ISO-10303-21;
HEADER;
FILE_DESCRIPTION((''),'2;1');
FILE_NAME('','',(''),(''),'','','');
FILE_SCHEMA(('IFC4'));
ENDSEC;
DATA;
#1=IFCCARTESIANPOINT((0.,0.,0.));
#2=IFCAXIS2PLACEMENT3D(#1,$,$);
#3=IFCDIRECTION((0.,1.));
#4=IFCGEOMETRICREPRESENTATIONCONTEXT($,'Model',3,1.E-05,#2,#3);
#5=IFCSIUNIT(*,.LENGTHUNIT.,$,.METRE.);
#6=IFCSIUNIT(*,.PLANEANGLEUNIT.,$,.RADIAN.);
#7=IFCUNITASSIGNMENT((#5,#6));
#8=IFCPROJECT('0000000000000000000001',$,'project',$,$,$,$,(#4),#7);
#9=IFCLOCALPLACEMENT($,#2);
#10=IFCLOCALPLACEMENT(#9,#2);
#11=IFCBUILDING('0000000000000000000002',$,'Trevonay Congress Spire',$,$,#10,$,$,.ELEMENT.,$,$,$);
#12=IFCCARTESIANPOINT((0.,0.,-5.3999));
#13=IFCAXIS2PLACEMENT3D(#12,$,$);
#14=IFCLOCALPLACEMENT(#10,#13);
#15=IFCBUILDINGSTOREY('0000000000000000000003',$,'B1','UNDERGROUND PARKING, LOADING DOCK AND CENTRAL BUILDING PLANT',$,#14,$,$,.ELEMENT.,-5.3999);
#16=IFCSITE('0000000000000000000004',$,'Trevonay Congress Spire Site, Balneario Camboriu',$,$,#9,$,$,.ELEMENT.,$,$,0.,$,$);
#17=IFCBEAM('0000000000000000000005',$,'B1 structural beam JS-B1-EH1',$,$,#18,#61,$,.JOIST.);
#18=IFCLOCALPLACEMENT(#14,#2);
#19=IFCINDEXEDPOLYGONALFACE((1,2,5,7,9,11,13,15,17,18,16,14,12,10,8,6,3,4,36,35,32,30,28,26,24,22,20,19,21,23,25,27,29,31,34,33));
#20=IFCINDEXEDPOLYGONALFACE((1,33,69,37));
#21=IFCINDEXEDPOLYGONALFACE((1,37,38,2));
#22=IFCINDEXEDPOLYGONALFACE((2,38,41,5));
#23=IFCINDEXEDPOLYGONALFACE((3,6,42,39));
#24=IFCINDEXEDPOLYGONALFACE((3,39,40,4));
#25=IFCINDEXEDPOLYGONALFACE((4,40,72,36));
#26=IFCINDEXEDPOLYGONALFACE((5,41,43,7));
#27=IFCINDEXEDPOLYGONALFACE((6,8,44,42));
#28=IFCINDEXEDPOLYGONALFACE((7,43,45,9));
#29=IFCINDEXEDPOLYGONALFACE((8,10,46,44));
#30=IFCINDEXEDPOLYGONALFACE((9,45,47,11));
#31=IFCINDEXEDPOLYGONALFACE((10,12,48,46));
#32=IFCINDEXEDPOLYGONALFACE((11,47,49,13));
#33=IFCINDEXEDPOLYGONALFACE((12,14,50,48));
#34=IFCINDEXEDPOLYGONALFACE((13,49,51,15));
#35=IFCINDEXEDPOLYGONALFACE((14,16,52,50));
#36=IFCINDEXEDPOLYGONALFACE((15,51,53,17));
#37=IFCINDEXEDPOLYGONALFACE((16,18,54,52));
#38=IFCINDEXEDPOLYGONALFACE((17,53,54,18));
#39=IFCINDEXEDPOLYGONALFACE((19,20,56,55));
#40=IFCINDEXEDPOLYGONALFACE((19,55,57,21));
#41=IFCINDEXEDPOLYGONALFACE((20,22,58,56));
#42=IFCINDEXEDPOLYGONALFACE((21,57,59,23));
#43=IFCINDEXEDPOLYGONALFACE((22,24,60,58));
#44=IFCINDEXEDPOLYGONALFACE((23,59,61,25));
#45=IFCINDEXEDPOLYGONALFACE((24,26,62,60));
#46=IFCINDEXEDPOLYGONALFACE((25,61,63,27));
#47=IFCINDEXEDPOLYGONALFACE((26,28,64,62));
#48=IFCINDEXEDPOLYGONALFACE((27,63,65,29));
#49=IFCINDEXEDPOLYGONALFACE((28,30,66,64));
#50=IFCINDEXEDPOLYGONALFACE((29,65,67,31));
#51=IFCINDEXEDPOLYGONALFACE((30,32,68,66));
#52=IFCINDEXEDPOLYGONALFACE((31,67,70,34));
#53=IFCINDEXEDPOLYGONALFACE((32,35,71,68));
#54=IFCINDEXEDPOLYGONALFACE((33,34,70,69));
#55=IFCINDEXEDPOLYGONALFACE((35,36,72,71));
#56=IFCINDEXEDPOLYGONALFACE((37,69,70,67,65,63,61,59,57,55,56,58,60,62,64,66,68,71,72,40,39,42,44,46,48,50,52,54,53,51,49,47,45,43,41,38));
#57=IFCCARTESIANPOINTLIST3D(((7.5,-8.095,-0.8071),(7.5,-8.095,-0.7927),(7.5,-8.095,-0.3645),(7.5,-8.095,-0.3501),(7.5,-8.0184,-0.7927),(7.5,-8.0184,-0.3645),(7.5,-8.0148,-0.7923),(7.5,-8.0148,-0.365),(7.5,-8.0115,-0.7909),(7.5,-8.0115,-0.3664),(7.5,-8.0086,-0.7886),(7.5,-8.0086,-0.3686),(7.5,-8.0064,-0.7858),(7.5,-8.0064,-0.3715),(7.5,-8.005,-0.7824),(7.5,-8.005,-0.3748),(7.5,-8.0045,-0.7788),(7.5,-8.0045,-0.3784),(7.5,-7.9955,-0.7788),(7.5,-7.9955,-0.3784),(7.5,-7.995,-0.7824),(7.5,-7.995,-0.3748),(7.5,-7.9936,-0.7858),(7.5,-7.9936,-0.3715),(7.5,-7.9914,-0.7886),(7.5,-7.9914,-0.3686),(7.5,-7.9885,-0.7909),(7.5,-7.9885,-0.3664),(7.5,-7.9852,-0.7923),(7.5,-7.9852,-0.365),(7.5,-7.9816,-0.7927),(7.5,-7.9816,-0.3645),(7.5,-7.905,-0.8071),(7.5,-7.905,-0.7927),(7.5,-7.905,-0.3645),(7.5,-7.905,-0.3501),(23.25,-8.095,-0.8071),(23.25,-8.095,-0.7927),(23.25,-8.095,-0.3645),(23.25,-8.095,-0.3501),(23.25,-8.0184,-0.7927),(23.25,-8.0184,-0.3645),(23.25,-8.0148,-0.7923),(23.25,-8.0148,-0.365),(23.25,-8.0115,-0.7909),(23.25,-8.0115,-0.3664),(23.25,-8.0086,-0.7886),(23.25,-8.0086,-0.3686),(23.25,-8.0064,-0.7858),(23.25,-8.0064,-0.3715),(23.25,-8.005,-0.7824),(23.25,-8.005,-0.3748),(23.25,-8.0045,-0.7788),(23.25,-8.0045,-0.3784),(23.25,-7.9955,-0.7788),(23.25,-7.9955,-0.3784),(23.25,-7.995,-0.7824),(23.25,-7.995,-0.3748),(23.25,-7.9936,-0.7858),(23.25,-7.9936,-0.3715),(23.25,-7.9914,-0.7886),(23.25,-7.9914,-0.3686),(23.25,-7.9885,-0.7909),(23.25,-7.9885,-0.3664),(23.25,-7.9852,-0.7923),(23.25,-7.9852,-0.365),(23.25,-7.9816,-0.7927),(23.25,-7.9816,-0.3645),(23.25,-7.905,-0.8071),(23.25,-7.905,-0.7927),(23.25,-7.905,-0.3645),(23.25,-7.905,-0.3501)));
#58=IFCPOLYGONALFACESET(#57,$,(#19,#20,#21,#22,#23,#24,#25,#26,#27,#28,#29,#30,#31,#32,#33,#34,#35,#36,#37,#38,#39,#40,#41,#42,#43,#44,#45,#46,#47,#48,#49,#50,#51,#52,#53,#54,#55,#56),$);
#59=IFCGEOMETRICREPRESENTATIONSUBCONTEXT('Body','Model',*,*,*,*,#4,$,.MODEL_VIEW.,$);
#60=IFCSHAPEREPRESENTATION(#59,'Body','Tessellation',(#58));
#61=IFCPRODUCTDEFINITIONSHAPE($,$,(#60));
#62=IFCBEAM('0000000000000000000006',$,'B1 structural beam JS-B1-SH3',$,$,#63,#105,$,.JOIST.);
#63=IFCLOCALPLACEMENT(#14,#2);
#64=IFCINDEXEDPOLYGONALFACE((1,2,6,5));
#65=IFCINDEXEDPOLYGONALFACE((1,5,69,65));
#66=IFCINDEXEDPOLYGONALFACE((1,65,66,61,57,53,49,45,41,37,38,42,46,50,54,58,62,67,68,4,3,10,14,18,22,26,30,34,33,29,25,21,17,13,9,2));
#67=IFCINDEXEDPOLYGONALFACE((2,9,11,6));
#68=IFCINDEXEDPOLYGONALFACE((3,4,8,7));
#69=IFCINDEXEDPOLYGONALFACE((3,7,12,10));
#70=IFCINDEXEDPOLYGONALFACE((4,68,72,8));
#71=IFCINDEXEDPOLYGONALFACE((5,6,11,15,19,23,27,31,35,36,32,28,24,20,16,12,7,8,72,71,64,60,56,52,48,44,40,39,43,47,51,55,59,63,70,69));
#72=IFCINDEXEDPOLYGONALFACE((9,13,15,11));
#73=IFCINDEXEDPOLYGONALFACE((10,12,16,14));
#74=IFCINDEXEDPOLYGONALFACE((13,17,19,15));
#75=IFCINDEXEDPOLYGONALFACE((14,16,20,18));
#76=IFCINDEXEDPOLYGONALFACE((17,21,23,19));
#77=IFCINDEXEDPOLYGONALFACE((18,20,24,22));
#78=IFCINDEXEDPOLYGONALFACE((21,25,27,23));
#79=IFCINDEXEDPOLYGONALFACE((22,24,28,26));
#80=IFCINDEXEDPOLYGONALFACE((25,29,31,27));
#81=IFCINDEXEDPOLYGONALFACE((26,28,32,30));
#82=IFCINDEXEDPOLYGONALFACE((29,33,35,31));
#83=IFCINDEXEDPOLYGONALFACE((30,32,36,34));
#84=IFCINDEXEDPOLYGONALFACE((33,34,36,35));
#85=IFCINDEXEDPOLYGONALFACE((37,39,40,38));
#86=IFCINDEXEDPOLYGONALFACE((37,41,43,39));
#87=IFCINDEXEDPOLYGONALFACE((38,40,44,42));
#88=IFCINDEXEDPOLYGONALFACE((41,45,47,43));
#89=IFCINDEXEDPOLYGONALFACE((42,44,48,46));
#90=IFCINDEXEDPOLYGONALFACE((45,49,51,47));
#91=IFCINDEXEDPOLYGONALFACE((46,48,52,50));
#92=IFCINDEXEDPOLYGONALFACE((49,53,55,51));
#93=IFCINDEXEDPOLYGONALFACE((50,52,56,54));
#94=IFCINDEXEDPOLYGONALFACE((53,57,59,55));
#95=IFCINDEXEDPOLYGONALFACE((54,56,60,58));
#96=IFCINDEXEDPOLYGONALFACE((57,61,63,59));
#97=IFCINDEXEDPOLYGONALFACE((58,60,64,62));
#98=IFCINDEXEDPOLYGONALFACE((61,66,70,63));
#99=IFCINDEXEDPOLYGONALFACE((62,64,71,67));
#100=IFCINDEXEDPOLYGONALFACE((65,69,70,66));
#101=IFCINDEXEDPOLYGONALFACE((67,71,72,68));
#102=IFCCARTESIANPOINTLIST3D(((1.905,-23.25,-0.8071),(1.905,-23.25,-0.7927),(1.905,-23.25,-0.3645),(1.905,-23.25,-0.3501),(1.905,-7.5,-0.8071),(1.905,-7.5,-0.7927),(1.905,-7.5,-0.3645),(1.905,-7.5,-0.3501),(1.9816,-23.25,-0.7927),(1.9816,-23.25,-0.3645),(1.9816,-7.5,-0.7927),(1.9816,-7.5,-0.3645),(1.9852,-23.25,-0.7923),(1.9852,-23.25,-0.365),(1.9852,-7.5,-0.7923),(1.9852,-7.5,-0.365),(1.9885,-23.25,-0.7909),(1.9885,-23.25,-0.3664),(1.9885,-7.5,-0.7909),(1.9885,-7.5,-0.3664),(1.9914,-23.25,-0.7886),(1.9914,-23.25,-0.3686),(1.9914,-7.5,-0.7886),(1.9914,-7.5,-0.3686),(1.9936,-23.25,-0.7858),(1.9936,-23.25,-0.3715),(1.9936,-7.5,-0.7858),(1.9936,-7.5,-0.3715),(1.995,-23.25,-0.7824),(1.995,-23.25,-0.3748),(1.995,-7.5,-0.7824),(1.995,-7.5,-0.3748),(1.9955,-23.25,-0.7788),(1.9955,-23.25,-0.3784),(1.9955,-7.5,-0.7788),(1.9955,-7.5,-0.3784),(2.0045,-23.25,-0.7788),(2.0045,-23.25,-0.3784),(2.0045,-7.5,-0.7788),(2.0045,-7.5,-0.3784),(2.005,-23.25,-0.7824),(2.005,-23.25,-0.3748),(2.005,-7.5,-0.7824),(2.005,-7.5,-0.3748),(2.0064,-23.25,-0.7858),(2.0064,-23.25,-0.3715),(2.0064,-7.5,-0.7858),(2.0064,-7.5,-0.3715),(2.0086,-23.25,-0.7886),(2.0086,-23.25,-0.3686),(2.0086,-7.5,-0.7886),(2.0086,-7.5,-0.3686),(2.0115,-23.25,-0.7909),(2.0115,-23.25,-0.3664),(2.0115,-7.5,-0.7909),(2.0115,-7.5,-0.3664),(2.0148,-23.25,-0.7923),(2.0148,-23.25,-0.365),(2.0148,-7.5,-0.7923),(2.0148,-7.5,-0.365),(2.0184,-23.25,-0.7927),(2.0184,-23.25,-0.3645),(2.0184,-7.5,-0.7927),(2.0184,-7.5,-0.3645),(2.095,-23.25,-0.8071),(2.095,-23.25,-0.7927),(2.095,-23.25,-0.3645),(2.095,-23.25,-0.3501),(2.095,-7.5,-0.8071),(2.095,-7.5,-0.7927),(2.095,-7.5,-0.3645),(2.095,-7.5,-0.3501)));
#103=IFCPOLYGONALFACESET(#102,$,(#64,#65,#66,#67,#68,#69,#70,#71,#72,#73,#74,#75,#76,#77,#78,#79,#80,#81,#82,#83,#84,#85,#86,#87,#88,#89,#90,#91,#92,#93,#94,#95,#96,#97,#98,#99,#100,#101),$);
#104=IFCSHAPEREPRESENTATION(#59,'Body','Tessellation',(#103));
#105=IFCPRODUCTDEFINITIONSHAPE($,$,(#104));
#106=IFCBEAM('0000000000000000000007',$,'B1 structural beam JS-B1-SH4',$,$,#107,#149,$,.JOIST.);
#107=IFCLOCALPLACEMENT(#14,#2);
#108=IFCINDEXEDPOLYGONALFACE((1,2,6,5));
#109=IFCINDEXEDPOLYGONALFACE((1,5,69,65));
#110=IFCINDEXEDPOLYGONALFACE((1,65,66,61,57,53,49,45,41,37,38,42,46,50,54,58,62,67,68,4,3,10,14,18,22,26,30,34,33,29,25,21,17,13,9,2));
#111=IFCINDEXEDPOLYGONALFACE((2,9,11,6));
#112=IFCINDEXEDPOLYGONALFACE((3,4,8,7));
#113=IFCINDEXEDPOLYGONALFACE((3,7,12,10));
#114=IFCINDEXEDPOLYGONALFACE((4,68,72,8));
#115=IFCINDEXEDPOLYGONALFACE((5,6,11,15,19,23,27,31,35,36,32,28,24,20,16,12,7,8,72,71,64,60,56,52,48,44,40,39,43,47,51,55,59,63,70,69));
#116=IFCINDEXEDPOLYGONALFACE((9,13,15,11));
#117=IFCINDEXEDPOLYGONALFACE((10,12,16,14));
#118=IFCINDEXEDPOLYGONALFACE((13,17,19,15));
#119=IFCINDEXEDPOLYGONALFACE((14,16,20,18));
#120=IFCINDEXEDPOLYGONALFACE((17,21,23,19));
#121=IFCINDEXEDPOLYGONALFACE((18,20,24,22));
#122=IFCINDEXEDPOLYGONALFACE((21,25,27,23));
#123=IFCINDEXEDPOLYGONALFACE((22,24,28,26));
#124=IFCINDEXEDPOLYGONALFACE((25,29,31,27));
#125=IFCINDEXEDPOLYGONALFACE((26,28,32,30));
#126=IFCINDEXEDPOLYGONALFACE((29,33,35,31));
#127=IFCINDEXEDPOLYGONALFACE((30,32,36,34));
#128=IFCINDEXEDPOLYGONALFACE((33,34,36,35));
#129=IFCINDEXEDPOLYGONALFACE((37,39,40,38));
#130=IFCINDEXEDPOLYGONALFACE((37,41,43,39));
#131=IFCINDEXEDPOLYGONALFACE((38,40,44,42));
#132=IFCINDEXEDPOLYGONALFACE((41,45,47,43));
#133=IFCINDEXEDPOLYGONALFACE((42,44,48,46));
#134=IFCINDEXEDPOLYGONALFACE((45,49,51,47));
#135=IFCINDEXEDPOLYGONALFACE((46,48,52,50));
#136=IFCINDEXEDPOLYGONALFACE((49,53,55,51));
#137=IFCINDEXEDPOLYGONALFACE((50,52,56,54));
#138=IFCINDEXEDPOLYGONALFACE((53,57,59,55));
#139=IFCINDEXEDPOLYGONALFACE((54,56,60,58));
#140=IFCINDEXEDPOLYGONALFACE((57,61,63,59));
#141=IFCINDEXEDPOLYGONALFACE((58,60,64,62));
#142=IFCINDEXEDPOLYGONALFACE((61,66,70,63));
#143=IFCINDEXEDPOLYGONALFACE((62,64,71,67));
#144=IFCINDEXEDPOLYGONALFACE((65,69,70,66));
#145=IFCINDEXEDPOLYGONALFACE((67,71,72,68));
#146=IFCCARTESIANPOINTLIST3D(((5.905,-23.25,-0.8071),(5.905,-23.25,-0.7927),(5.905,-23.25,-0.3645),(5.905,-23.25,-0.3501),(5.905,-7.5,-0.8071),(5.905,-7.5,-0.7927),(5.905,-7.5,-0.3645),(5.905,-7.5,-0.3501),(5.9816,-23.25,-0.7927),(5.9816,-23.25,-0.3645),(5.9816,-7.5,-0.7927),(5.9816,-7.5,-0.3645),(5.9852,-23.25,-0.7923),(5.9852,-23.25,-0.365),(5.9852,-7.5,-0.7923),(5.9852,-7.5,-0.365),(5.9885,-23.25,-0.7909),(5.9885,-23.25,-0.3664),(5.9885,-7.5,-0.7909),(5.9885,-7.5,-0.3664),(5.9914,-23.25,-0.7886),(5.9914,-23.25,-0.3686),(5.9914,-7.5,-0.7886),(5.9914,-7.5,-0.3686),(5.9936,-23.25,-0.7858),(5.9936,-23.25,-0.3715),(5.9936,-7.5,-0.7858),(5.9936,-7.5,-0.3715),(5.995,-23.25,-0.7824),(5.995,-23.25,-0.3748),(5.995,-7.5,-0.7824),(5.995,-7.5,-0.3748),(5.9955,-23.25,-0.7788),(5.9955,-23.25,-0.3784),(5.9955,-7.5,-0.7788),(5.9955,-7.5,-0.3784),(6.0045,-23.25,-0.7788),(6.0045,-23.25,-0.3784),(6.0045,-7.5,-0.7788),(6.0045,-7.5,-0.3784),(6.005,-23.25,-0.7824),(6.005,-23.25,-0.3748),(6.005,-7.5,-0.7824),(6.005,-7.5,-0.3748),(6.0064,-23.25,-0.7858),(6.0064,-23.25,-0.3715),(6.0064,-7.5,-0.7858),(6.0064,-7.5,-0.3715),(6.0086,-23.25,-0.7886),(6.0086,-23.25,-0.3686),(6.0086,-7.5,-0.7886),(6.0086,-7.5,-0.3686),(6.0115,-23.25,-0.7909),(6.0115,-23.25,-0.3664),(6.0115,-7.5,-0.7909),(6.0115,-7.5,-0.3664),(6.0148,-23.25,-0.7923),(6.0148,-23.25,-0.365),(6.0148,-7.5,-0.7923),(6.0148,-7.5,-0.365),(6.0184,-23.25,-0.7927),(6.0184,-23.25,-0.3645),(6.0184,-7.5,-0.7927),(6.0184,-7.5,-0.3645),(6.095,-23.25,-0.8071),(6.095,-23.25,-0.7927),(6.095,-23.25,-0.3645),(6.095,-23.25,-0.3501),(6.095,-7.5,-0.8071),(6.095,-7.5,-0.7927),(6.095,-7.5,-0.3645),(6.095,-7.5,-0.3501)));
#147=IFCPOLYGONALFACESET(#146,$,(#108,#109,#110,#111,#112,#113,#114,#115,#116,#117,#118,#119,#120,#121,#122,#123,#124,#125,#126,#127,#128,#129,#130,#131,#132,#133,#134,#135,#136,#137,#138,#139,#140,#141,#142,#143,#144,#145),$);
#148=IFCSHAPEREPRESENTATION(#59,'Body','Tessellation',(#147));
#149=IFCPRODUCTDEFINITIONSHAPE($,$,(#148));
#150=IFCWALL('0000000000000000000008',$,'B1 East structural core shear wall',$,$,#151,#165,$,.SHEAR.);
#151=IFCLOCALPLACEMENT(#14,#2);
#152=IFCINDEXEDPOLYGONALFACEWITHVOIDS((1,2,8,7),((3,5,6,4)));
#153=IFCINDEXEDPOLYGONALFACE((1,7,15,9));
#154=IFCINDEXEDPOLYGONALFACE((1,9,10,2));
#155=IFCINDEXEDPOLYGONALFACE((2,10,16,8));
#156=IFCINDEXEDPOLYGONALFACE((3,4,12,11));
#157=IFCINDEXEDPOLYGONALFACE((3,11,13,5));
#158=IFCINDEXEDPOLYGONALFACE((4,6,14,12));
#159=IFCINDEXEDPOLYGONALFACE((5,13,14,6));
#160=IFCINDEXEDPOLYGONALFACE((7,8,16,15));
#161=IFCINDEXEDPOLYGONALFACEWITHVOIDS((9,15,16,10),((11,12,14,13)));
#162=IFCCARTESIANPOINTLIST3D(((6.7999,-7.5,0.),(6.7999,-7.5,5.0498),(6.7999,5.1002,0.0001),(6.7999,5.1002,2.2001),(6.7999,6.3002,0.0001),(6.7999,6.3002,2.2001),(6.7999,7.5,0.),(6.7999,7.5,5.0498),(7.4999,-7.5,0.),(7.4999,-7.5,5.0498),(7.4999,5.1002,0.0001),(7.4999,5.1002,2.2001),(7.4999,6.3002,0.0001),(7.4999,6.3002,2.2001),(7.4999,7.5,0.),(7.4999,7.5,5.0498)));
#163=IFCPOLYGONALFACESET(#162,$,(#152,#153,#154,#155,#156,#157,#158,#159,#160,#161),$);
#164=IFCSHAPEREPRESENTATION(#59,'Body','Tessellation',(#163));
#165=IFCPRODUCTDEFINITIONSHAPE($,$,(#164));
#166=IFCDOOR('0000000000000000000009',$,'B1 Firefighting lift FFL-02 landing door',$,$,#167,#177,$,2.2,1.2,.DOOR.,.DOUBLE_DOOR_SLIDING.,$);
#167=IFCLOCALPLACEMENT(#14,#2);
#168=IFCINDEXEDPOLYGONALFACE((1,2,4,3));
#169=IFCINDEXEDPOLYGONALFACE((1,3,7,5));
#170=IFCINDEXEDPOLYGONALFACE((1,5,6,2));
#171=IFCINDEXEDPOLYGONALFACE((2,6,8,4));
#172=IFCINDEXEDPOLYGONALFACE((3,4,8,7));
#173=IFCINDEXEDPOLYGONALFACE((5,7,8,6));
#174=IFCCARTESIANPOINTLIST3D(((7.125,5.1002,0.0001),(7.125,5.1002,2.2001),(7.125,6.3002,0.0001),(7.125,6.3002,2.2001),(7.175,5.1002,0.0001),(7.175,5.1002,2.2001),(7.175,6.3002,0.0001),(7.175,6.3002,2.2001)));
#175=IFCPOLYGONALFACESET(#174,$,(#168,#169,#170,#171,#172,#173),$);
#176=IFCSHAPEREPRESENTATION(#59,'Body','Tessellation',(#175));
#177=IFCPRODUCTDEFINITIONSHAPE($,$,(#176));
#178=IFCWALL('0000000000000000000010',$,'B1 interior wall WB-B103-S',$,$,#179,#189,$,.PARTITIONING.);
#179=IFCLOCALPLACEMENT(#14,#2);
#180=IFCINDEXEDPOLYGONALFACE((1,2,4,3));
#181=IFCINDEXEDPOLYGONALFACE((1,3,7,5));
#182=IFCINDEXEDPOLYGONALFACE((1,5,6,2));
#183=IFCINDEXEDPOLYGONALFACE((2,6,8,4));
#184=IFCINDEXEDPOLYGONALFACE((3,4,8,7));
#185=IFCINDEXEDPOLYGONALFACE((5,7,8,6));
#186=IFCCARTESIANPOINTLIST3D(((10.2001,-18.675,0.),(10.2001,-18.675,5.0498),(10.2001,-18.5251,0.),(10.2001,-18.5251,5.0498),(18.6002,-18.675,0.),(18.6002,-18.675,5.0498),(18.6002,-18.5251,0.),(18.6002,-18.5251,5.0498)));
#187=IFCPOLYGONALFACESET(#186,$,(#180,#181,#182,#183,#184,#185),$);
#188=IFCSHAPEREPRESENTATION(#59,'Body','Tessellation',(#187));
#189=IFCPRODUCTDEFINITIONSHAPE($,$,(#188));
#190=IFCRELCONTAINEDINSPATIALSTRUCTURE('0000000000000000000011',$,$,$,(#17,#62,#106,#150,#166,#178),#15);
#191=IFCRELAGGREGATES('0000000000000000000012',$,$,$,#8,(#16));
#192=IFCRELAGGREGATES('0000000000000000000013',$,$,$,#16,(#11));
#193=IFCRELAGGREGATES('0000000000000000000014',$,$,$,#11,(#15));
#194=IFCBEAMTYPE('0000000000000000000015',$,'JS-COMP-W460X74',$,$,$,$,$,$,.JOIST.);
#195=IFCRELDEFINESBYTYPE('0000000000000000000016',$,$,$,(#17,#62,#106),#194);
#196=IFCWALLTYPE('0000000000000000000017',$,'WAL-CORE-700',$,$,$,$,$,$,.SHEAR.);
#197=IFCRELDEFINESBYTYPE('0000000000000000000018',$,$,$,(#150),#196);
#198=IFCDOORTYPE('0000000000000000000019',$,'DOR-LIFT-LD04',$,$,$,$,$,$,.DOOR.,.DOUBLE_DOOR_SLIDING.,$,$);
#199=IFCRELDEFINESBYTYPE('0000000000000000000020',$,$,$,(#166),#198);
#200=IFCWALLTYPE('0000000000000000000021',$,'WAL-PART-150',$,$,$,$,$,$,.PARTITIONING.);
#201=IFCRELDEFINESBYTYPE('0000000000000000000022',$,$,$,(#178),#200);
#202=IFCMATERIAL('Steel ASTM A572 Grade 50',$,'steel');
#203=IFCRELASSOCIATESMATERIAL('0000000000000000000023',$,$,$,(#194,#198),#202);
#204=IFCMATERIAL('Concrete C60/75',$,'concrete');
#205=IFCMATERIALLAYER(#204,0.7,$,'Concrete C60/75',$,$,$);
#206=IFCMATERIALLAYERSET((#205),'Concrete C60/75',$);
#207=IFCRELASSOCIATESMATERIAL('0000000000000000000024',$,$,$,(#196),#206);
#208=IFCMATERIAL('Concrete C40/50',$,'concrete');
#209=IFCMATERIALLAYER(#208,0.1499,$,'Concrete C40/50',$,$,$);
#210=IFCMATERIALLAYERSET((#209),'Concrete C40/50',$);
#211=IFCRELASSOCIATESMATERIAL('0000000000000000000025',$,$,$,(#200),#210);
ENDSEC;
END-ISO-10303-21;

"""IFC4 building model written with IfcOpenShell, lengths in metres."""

from ifc_helpers import new_model, si_unit, direction, frame, frame_2d, origin, origin_2d, place, context, subcontext, project, spatial, rectangle, i_section, extrude, material, layer, layer_set, material_profile, profile_set, type_object, element, fill, save


model = new_model("IFC4")

# Units and contexts
model_context = context("Model", 3, precision=1e-05, world=origin(), true_north=direction((0.0, 1.0)))
body_context = subcontext(model_context, "Body", "Model", "MODEL_VIEW")
ifc_project = project(units=[si_unit("LENGTHUNIT", "METRE"), si_unit("PLANEANGLEUNIT", "RADIAN")], contexts=[model_context])

# Site, building, storey
site_placement = place(None, origin())
site = spatial("IfcSite", under=ifc_project, at=site_placement, Name="Trevonay Congress Spire Site, Balneario Camboriu", CompositionType="ELEMENT", RefElevation=0.0)
building_placement = place(site_placement, origin())
building = spatial("IfcBuilding", under=site, at=building_placement, Name="Trevonay Congress Spire", CompositionType="ELEMENT")
storey_placement = place(building_placement, frame((0.0, 0.0, -5.3999)))
storey = spatial("IfcBuildingStorey", under=building, at=storey_placement, Name="B1", Description="UNDERGROUND PARKING, LOADING DOCK AND CENTRAL BUILDING PLANT", CompositionType="ELEMENT", Elevation=-5.3999)

# Shared definitions
ifc_material_1 = material(Name="Steel ASTM A572 Grade 50", Category="steel")
ifc_material_2 = material(Name="Concrete C60/75", Category="concrete")

# Beams
ifc_material_profile_1 = material_profile(ifc_material_1, i_section(OverallWidth=0.1899, OverallDepth=0.457, WebThickness=0.009, FlangeThickness=0.0144, FilletRadius=0.0139, at=origin_2d()), Name="W460x74")
ifc_profile_set_1 = profile_set([ifc_material_profile_1], Name="Steel ASTM A572 Grade 50")
beam_type_1 = type_object("IfcBeamType", Name="JS-COMP-W460X74", PredefinedType="JOIST", material=ifc_profile_set_1)
for number, where, z_axis, x_axis, name in (
    (1, (7.5, -8.0, -0.5786), (1.0, 0.0, 0.0), (0.0, 1.0, 0.0), "B1 structural beam JS-B1-EH1"),
    (2, (2.0, -23.25, -0.5786), (0.0, 1.0, 0.0), (-1.0, 0.0, 0.0), "B1 structural beam JS-B1-SH3"),
    (3, (6.0, -23.25, -0.5786), (0.0, 1.0, 0.0), (-1.0, 0.0, 0.0), "B1 structural beam JS-B1-SH4"),
):
    element("IfcBeam", number, at=place(storey_placement, frame(where, z_axis=z_axis, x_axis=x_axis)), inside=storey, type_object=beam_type_1, Name=name, PredefinedType="JOIST", context=body_context, shape_type="SweptSolid", body=[
        extrude(i_section(OverallWidth=0.1899, OverallDepth=0.457, WebThickness=0.009, FlangeThickness=0.0144, FilletRadius=0.0139, at=origin_2d()), origin(), (0.0, 0.0, 1.0), 15.75),
    ])

# Wall, opening, door
ifc_layer_1 = layer(ifc_material_2, 0.7, Name="Concrete C60/75")
ifc_layer_set_1 = layer_set([ifc_layer_1], Name="Concrete C60/75")
wall_type_1 = type_object("IfcWallType", Name="WAL-CORE-700", PredefinedType="SHEAR", material=ifc_layer_set_1)
wall_1_placement = place(storey_placement, frame((7.1499, -7.5, 0.0), z_axis=(0.0, 0.0, 1.0), x_axis=(0.0, 1.0, 0.0)))
wall_1 = element("IfcWall", 4, at=wall_1_placement, inside=storey, type_object=wall_type_1, Name="B1 East structural core shear wall", PredefinedType="SHEAR", context=body_context, shape_type="SweptSolid", body=[
    extrude(rectangle(XDim=15.0, YDim=0.7, at=frame_2d((7.5, 0.0))), origin(), (0.0, 0.0, 1.0), 5.0498),
])
opening_1_placement = place(wall_1_placement, frame((12.6001, 0.0, 0.0)))
opening_1 = element("IfcOpeningElement", 5, at=opening_1_placement, cuts=wall_1, PredefinedType="OPENING", context=body_context, shape_type="SweptSolid", body=[
    extrude(rectangle(XDim=1.2, YDim=2.2, at=frame_2d((0.6001, 1.1001))), frame((0.0, 0.3599, 0.0), z_axis=(0.0, -1.0, 0.0), x_axis=(1.0, 0.0, 0.0)), (0.0, 0.0, 1.0), 0.72),
])
door_type_1 = type_object("IfcDoorType", Name="DOR-LIFT-LD04", OperationType="DOUBLE_DOOR_SLIDING", PredefinedType="DOOR", material=ifc_material_1)
door_1_placement = place(opening_1_placement, origin())
door_1 = element("IfcDoor", 6, at=door_1_placement, inside=storey, type_object=door_type_1, Name="B1 Firefighting lift FFL-02 landing door", OperationType="DOUBLE_DOOR_SLIDING", OverallHeight=2.2, OverallWidth=1.2, PredefinedType="DOOR", context=body_context, shape_type="SweptSolid", body=[
    extrude(rectangle(XDim=1.2, YDim=2.2, at=frame_2d((0.6001, 1.1001))), frame((0.0, 0.0249, 0.0), z_axis=(0.0, -1.0, 0.0), x_axis=(1.0, 0.0, 0.0)), (0.0, 0.0, 1.0), 0.05),
])
fill(opening_1, door_1)

# Wall
ifc_material_3 = material(Name="Concrete C40/50", Category="concrete")
ifc_layer_2 = layer(ifc_material_3, 0.1499, Name="Concrete C40/50")
ifc_layer_set_2 = layer_set([ifc_layer_2], Name="Concrete C40/50")
wall_type_2 = type_object("IfcWallType", Name="WAL-PART-150", PredefinedType="PARTITIONING", material=ifc_layer_set_2)
wall_2_placement = place(storey_placement, frame((10.2, -18.6001, 0.0), z_axis=(0.0, 0.0, 1.0), x_axis=(1.0, 0.0, 0.0)))
element("IfcWall", 7, at=wall_2_placement, inside=storey, type_object=wall_type_2, Name="B1 interior wall WB-B103-S", PredefinedType="PARTITIONING", context=body_context, shape_type="SweptSolid", body=[
    extrude(rectangle(XDim=8.4001, YDim=0.1499, at=frame_2d((4.2002, 0.0))), origin(), (0.0, 0.0, 1.0), 5.0498),
])

save(model, "model.ifc")
